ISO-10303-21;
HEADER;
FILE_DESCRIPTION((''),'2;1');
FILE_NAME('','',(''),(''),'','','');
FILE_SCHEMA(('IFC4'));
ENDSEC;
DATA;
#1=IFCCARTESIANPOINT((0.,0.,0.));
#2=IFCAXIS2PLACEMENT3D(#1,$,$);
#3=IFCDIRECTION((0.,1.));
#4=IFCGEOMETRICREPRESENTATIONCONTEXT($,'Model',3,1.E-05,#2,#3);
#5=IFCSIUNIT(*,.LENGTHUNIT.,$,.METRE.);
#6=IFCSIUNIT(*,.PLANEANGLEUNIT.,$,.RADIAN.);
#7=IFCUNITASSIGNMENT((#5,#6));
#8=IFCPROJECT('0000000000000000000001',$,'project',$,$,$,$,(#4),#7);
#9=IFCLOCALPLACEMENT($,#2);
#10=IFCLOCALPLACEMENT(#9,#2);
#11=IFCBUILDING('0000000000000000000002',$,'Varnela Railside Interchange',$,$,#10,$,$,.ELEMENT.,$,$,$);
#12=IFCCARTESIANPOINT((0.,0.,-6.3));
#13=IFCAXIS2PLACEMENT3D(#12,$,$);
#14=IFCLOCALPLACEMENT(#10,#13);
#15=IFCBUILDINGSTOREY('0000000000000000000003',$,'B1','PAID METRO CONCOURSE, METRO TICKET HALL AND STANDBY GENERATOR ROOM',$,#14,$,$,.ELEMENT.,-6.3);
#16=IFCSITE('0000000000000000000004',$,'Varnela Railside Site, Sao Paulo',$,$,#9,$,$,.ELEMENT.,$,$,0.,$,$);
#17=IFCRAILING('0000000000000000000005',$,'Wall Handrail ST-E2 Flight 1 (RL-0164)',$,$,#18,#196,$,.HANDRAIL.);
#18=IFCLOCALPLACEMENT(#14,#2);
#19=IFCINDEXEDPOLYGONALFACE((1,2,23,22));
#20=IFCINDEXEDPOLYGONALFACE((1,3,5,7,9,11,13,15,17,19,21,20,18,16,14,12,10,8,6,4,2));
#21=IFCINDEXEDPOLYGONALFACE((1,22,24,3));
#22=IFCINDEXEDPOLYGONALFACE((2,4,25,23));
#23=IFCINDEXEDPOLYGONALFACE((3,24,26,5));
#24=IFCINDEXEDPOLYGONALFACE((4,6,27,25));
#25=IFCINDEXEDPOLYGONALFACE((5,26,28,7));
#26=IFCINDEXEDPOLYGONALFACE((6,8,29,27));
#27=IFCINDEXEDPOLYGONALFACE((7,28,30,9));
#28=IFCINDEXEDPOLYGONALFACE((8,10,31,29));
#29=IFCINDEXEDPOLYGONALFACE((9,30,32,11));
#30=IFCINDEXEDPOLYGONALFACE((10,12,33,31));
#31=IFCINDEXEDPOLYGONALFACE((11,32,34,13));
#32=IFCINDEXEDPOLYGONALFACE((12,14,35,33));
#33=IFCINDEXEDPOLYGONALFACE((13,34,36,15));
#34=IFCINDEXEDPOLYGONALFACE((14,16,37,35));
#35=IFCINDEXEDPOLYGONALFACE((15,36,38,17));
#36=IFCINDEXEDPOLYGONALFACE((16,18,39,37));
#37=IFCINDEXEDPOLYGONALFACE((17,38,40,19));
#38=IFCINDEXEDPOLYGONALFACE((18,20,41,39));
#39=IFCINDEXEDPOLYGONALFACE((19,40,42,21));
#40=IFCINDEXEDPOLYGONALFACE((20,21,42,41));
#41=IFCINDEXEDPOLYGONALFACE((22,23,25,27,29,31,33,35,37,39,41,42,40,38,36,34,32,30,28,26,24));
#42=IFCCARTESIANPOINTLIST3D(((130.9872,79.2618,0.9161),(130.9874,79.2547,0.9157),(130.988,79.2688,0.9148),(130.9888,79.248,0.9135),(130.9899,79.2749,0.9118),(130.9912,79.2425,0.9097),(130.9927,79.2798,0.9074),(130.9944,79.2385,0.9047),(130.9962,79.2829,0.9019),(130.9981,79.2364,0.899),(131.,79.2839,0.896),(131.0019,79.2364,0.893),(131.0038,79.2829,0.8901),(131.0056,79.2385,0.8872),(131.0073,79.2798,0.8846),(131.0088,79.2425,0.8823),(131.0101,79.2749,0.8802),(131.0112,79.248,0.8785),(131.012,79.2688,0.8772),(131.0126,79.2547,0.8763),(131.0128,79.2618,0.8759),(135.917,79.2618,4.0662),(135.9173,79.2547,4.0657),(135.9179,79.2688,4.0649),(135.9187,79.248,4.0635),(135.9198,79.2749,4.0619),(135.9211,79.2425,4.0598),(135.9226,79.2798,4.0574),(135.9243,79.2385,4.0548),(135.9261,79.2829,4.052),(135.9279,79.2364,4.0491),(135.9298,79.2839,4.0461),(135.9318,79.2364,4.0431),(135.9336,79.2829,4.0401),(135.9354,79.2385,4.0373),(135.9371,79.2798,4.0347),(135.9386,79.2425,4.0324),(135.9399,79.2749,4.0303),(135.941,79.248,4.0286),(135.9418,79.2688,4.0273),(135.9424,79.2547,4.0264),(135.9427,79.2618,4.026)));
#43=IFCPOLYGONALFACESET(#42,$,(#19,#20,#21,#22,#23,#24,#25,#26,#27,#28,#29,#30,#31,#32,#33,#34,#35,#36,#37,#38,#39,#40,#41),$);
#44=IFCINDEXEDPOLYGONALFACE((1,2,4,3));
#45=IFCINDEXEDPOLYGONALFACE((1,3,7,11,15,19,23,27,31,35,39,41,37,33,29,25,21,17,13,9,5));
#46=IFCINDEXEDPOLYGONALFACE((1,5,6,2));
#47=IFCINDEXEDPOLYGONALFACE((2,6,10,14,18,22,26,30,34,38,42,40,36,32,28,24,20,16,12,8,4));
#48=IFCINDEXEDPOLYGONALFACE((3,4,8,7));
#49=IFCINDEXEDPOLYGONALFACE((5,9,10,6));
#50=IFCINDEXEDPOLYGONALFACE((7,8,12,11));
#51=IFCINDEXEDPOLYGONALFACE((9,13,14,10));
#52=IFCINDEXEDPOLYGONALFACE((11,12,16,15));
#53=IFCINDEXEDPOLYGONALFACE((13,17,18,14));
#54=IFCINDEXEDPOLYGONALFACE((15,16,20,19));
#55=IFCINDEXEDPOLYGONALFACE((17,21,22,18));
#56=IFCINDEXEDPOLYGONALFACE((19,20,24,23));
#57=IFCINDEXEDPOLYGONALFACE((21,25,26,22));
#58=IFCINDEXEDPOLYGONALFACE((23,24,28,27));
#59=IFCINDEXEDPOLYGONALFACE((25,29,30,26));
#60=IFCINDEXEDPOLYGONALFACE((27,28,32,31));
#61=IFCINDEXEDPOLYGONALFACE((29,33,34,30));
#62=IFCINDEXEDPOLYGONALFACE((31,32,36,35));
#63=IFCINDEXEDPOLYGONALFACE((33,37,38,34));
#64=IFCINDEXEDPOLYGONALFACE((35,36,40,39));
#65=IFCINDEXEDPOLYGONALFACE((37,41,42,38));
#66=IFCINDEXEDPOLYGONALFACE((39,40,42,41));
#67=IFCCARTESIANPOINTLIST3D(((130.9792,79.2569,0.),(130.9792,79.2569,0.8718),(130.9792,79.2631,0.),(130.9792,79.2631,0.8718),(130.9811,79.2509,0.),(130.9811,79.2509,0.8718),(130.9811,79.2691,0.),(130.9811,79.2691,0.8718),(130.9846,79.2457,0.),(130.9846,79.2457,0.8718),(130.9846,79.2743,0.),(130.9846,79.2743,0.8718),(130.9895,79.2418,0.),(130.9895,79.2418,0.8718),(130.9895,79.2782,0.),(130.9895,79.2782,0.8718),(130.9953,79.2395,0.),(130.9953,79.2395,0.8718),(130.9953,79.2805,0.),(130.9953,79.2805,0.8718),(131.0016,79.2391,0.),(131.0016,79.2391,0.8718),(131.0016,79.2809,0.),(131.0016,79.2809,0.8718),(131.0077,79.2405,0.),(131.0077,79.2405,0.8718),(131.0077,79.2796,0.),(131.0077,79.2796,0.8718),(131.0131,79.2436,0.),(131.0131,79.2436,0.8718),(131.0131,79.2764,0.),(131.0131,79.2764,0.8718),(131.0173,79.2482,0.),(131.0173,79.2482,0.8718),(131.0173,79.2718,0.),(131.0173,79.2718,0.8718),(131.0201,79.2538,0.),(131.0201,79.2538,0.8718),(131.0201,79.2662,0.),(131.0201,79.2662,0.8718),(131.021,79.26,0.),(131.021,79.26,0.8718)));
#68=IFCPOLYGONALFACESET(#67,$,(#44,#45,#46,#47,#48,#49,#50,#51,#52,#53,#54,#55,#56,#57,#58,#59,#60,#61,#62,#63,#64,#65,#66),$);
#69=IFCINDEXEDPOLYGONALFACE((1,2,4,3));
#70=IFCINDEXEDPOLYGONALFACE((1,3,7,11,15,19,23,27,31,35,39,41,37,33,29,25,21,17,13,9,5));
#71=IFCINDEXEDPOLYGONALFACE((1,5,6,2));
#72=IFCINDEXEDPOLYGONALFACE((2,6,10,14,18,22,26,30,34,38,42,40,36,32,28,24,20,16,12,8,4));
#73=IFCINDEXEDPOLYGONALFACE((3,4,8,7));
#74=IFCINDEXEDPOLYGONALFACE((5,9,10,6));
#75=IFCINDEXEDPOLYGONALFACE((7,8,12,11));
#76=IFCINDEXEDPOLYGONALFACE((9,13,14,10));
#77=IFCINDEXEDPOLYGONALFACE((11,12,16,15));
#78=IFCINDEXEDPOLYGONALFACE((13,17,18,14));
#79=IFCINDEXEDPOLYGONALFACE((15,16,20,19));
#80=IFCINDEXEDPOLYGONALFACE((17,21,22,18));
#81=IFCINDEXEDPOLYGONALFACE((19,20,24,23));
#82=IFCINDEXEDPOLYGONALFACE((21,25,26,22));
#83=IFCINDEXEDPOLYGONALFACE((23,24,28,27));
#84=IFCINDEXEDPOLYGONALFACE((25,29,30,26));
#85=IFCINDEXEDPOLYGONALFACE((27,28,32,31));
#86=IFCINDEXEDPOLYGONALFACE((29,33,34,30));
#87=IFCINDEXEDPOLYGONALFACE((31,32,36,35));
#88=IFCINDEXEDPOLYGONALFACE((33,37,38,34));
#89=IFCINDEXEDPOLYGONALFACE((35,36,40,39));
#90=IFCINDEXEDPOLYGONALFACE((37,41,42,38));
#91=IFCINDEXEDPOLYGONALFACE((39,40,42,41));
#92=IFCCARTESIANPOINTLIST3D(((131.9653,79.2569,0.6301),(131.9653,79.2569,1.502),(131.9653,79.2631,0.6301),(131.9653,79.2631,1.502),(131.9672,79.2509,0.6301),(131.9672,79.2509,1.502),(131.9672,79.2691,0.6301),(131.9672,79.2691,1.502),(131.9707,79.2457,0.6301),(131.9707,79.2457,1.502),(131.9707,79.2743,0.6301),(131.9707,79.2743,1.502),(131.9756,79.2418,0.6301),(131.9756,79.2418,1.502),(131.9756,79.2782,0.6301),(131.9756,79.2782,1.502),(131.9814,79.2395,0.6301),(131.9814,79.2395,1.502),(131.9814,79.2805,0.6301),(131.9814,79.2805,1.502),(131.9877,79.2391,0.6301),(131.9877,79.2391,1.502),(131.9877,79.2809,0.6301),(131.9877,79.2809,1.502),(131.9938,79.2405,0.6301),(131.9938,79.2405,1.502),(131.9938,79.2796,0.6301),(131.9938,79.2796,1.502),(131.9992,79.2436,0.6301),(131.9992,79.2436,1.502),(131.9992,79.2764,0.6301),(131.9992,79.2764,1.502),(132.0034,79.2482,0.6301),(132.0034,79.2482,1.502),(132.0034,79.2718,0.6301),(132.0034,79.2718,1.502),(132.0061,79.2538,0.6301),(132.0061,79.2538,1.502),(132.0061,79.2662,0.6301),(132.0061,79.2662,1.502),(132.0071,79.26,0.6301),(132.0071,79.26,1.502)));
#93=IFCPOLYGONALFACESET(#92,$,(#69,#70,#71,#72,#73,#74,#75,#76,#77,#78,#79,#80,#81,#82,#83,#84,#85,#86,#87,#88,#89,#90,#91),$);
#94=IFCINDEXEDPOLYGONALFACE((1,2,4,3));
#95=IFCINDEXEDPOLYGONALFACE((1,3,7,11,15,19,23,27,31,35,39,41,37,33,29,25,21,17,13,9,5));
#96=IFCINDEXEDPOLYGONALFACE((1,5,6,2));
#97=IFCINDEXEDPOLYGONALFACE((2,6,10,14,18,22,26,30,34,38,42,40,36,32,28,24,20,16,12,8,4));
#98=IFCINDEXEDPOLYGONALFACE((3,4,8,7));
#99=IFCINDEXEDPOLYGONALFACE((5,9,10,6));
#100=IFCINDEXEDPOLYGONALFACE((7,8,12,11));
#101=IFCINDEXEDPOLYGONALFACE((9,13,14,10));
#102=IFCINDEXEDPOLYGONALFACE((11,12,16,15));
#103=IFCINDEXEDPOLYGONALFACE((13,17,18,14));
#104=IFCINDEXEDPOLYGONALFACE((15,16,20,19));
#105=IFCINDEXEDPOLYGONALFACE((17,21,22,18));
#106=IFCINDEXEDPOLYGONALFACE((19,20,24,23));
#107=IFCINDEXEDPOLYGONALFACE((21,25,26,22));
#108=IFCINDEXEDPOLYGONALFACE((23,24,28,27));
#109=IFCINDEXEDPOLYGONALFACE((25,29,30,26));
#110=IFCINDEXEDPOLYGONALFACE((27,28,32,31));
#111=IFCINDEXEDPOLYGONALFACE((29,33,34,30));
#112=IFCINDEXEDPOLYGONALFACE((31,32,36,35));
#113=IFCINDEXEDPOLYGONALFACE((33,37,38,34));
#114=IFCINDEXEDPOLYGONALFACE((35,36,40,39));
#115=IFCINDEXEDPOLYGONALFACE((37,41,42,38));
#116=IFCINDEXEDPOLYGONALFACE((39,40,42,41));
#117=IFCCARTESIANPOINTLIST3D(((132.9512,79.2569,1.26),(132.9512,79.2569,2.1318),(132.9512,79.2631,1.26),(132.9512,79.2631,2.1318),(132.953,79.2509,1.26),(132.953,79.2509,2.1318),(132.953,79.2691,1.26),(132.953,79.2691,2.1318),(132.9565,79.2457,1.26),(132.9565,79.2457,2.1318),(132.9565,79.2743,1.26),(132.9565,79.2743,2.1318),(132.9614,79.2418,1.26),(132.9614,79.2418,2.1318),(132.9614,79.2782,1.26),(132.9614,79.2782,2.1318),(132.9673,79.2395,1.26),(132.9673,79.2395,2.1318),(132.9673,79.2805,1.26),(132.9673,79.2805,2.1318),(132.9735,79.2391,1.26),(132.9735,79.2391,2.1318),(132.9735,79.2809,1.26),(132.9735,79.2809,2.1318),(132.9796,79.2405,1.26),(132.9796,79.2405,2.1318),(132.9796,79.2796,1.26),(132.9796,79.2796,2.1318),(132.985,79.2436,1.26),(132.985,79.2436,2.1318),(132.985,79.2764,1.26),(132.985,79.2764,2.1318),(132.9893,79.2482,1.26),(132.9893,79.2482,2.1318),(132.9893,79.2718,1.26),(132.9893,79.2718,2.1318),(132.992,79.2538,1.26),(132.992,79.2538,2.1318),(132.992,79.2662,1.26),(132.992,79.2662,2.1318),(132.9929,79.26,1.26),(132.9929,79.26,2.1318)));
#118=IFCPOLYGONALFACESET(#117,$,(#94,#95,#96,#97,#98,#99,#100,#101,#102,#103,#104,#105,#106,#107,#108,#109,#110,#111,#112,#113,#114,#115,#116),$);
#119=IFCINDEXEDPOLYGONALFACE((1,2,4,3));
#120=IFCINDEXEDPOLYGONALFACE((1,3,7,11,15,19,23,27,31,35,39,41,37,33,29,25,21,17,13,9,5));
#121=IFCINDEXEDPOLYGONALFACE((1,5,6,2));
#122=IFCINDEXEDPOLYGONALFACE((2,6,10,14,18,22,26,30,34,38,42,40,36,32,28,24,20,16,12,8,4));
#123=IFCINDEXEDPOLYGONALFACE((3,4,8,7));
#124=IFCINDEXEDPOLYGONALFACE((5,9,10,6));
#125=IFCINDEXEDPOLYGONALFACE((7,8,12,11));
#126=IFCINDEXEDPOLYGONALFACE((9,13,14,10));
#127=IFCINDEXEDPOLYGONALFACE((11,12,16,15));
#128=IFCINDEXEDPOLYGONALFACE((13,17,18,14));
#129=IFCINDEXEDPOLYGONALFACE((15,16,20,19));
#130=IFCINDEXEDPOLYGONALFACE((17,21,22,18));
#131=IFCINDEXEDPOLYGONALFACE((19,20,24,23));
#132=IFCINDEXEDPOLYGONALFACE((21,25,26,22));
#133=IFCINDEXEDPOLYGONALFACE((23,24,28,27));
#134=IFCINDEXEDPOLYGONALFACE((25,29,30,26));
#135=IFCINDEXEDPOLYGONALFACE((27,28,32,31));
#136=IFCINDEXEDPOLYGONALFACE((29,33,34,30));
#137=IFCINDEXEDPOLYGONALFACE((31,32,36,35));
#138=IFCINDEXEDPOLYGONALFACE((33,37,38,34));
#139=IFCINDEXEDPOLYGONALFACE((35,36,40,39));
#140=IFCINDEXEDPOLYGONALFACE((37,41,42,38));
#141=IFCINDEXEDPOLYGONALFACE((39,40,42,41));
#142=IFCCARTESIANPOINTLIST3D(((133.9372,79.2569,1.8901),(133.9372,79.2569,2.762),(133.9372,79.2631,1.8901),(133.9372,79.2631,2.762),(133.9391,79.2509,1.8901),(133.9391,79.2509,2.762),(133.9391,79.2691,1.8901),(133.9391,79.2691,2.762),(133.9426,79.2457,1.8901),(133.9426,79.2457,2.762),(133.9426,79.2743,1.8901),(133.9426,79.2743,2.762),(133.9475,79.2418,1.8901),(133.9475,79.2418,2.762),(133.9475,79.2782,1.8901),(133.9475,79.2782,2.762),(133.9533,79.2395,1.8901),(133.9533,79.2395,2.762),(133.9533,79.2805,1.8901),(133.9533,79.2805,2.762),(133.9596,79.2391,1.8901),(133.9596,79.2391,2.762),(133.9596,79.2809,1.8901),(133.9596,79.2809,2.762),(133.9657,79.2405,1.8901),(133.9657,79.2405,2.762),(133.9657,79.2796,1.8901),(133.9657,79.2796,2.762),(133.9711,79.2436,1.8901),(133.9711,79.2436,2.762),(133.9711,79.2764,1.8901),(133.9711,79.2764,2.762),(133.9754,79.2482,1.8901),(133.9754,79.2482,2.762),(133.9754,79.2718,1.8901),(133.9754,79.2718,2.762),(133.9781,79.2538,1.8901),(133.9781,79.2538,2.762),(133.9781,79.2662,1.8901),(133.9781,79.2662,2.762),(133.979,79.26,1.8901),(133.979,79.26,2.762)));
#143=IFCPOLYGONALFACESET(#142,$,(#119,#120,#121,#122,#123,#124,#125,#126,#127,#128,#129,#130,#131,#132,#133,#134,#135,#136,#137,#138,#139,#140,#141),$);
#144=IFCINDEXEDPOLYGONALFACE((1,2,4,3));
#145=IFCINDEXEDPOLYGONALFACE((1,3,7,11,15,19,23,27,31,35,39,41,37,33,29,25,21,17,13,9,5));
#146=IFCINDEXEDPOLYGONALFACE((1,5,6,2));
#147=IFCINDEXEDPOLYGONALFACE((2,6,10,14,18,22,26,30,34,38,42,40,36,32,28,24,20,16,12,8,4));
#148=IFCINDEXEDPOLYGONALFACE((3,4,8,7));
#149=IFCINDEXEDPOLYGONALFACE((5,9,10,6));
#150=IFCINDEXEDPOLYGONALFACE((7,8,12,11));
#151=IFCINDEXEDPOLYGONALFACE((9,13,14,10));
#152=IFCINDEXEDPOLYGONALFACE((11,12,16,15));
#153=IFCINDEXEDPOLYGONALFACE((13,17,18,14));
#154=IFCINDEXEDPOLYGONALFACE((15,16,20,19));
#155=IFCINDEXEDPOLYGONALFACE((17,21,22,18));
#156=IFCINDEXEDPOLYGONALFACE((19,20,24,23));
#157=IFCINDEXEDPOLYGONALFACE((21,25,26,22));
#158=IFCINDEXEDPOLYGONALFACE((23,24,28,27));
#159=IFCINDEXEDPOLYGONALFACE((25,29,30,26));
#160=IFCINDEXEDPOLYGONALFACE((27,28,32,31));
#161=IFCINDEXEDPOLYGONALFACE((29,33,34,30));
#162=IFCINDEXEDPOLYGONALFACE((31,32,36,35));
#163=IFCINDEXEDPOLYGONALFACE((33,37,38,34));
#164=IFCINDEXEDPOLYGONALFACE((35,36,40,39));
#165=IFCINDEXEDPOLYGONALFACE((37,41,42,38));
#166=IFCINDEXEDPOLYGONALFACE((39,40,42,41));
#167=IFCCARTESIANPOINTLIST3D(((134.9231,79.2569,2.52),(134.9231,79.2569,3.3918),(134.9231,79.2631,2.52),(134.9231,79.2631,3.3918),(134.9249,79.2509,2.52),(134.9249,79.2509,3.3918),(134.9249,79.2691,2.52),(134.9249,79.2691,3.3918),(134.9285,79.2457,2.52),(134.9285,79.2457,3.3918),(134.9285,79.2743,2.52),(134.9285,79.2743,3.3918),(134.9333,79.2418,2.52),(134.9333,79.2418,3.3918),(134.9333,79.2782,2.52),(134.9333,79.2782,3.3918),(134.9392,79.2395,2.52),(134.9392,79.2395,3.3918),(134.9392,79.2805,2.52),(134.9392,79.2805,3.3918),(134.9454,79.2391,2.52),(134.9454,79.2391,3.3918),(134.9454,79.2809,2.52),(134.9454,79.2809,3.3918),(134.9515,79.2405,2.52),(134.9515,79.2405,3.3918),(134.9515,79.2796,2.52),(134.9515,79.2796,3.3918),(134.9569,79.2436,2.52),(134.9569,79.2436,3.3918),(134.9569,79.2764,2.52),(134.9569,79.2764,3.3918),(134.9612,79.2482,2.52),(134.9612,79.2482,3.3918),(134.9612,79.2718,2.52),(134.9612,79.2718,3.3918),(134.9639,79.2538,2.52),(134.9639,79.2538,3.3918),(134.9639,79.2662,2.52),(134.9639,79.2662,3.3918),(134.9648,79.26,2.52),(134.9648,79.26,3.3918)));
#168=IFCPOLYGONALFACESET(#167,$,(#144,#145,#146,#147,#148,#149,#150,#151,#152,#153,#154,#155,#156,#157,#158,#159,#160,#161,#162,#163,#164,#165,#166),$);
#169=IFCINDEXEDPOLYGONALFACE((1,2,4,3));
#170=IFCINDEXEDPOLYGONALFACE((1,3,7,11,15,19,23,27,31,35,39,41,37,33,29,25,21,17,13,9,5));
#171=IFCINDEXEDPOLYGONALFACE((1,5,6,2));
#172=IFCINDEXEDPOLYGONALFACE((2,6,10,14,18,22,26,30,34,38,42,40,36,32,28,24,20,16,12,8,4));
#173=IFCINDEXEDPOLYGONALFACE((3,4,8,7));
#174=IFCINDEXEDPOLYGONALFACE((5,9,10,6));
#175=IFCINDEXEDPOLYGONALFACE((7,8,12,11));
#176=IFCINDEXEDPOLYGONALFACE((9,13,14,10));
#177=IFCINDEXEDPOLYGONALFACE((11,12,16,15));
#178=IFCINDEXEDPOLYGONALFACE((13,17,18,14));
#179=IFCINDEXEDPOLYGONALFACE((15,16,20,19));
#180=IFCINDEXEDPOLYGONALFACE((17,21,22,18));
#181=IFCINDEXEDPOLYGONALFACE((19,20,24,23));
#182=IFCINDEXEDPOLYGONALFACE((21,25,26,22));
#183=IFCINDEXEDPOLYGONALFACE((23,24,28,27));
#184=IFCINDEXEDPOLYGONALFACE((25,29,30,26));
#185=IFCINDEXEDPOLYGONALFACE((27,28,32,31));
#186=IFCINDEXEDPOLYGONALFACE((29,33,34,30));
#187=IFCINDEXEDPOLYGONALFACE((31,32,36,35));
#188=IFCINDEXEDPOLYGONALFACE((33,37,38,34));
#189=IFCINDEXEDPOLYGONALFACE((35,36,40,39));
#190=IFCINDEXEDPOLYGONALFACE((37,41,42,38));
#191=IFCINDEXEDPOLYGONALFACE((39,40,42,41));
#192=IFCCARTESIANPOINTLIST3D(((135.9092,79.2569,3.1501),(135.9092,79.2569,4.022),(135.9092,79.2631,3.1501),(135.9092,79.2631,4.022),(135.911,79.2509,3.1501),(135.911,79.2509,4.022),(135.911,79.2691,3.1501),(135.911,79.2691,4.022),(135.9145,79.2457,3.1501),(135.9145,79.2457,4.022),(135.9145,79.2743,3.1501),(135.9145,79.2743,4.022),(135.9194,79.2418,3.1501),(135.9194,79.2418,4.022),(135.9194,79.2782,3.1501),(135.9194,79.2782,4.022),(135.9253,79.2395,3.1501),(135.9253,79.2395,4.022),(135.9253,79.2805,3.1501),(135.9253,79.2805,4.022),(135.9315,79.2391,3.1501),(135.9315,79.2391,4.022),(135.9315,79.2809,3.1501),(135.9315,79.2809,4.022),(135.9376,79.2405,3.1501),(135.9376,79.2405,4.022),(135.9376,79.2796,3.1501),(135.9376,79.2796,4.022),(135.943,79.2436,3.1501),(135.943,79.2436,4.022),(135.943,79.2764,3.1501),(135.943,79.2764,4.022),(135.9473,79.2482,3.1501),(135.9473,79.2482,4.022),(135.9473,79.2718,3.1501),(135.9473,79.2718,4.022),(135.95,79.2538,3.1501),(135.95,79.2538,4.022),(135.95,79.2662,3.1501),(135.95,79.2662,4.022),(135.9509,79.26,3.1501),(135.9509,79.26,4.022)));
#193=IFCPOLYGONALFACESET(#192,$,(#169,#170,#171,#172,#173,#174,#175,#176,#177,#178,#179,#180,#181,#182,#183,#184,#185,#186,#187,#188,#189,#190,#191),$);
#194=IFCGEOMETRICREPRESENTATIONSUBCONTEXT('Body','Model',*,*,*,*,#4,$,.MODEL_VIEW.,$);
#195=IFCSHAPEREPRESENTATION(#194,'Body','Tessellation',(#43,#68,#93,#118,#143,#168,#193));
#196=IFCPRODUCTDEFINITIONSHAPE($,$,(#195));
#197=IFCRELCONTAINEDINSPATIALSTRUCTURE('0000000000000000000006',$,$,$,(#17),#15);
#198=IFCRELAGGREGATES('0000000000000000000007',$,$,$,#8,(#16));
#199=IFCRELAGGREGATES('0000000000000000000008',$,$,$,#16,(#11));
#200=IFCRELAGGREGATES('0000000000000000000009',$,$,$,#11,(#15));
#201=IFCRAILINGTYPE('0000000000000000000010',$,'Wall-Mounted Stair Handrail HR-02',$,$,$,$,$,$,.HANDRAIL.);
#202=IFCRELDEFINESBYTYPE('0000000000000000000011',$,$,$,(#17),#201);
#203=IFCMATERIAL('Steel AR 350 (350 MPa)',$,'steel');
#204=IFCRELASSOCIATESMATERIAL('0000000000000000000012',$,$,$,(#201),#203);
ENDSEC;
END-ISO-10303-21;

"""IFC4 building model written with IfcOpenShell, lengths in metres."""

from ifc_helpers import new_model, si_unit, direction, frame, origin, origin_2d, place, context, subcontext, project, spatial, circle, extrude, material, type_object, element, save


model = new_model("IFC4")

# Units and contexts
model_context = context("Model", 3, precision=1e-05, world=origin(), true_north=direction((0.0, 1.0)))
body_context = subcontext(model_context, "Body", "Model", "MODEL_VIEW")
ifc_project = project(units=[si_unit("LENGTHUNIT", "METRE"), si_unit("PLANEANGLEUNIT", "RADIAN")], contexts=[model_context])

# Site, building, storey
site_placement = place(None, origin())
site = spatial("IfcSite", under=ifc_project, at=site_placement, Name="Varnela Railside Site, Sao Paulo", CompositionType="ELEMENT", RefElevation=0.0)
building_placement = place(site_placement, origin())
building = spatial("IfcBuilding", under=site, at=building_placement, Name="Varnela Railside Interchange", CompositionType="ELEMENT")
storey_placement = place(building_placement, frame((0.0, 0.0, -6.3)))
storey = spatial("IfcBuildingStorey", under=building, at=storey_placement, Name="B1", Description="PAID METRO CONCOURSE, METRO TICKET HALL AND STANDBY GENERATOR ROOM", CompositionType="ELEMENT", Elevation=-6.3)

# Shared definitions
ifc_material_1 = material(Name="Steel AR 350 (350 MPa)", Category="steel")

# Railing
railing_type_1 = type_object("IfcRailingType", Name="Wall-Mounted Stair Handrail HR-02", PredefinedType="HANDRAIL", material=ifc_material_1)
railing_1_placement = place(storey_placement, frame((131.0, 79.26, 0.0)))
element("IfcRailing", 1, at=railing_1_placement, inside=storey, type_object=railing_type_1, Name="Wall Handrail ST-E2 Flight 1 (RL-0164)", PredefinedType="HANDRAIL", context=body_context, shape_type="SweptSolid", body=[
    extrude(circle(Radius=0.0239, at=origin_2d()), frame((0.0, 0.0, 0.896), z_axis=(0.84266, 0.0, 0.538446), x_axis=(0.0, 1.0, 0.0)), (0.0, 0.0, 1.0), 5.8503),
    extrude(circle(Radius=0.021, at=origin_2d()), origin(), (0.0, 0.0, 1.0), 0.8718),
    extrude(circle(Radius=0.021, at=origin_2d()), frame((0.9861, 0.0, 0.6301)), (0.0, 0.0, 1.0), 0.8718),
    extrude(circle(Radius=0.021, at=origin_2d()), frame((1.9719, 0.0, 1.26)), (0.0, 0.0, 1.0), 0.8718),
    extrude(circle(Radius=0.021, at=origin_2d()), frame((2.958, 0.0, 1.8901)), (0.0, 0.0, 1.0), 0.8718),
    extrude(circle(Radius=0.021, at=origin_2d()), frame((3.9438, 0.0, 2.52)), (0.0, 0.0, 1.0), 0.8718),
    extrude(circle(Radius=0.021, at=origin_2d()), frame((4.9299, 0.0, 3.1501)), (0.0, 0.0, 1.0), 0.8718),
])

save(model, "model.ifc")
